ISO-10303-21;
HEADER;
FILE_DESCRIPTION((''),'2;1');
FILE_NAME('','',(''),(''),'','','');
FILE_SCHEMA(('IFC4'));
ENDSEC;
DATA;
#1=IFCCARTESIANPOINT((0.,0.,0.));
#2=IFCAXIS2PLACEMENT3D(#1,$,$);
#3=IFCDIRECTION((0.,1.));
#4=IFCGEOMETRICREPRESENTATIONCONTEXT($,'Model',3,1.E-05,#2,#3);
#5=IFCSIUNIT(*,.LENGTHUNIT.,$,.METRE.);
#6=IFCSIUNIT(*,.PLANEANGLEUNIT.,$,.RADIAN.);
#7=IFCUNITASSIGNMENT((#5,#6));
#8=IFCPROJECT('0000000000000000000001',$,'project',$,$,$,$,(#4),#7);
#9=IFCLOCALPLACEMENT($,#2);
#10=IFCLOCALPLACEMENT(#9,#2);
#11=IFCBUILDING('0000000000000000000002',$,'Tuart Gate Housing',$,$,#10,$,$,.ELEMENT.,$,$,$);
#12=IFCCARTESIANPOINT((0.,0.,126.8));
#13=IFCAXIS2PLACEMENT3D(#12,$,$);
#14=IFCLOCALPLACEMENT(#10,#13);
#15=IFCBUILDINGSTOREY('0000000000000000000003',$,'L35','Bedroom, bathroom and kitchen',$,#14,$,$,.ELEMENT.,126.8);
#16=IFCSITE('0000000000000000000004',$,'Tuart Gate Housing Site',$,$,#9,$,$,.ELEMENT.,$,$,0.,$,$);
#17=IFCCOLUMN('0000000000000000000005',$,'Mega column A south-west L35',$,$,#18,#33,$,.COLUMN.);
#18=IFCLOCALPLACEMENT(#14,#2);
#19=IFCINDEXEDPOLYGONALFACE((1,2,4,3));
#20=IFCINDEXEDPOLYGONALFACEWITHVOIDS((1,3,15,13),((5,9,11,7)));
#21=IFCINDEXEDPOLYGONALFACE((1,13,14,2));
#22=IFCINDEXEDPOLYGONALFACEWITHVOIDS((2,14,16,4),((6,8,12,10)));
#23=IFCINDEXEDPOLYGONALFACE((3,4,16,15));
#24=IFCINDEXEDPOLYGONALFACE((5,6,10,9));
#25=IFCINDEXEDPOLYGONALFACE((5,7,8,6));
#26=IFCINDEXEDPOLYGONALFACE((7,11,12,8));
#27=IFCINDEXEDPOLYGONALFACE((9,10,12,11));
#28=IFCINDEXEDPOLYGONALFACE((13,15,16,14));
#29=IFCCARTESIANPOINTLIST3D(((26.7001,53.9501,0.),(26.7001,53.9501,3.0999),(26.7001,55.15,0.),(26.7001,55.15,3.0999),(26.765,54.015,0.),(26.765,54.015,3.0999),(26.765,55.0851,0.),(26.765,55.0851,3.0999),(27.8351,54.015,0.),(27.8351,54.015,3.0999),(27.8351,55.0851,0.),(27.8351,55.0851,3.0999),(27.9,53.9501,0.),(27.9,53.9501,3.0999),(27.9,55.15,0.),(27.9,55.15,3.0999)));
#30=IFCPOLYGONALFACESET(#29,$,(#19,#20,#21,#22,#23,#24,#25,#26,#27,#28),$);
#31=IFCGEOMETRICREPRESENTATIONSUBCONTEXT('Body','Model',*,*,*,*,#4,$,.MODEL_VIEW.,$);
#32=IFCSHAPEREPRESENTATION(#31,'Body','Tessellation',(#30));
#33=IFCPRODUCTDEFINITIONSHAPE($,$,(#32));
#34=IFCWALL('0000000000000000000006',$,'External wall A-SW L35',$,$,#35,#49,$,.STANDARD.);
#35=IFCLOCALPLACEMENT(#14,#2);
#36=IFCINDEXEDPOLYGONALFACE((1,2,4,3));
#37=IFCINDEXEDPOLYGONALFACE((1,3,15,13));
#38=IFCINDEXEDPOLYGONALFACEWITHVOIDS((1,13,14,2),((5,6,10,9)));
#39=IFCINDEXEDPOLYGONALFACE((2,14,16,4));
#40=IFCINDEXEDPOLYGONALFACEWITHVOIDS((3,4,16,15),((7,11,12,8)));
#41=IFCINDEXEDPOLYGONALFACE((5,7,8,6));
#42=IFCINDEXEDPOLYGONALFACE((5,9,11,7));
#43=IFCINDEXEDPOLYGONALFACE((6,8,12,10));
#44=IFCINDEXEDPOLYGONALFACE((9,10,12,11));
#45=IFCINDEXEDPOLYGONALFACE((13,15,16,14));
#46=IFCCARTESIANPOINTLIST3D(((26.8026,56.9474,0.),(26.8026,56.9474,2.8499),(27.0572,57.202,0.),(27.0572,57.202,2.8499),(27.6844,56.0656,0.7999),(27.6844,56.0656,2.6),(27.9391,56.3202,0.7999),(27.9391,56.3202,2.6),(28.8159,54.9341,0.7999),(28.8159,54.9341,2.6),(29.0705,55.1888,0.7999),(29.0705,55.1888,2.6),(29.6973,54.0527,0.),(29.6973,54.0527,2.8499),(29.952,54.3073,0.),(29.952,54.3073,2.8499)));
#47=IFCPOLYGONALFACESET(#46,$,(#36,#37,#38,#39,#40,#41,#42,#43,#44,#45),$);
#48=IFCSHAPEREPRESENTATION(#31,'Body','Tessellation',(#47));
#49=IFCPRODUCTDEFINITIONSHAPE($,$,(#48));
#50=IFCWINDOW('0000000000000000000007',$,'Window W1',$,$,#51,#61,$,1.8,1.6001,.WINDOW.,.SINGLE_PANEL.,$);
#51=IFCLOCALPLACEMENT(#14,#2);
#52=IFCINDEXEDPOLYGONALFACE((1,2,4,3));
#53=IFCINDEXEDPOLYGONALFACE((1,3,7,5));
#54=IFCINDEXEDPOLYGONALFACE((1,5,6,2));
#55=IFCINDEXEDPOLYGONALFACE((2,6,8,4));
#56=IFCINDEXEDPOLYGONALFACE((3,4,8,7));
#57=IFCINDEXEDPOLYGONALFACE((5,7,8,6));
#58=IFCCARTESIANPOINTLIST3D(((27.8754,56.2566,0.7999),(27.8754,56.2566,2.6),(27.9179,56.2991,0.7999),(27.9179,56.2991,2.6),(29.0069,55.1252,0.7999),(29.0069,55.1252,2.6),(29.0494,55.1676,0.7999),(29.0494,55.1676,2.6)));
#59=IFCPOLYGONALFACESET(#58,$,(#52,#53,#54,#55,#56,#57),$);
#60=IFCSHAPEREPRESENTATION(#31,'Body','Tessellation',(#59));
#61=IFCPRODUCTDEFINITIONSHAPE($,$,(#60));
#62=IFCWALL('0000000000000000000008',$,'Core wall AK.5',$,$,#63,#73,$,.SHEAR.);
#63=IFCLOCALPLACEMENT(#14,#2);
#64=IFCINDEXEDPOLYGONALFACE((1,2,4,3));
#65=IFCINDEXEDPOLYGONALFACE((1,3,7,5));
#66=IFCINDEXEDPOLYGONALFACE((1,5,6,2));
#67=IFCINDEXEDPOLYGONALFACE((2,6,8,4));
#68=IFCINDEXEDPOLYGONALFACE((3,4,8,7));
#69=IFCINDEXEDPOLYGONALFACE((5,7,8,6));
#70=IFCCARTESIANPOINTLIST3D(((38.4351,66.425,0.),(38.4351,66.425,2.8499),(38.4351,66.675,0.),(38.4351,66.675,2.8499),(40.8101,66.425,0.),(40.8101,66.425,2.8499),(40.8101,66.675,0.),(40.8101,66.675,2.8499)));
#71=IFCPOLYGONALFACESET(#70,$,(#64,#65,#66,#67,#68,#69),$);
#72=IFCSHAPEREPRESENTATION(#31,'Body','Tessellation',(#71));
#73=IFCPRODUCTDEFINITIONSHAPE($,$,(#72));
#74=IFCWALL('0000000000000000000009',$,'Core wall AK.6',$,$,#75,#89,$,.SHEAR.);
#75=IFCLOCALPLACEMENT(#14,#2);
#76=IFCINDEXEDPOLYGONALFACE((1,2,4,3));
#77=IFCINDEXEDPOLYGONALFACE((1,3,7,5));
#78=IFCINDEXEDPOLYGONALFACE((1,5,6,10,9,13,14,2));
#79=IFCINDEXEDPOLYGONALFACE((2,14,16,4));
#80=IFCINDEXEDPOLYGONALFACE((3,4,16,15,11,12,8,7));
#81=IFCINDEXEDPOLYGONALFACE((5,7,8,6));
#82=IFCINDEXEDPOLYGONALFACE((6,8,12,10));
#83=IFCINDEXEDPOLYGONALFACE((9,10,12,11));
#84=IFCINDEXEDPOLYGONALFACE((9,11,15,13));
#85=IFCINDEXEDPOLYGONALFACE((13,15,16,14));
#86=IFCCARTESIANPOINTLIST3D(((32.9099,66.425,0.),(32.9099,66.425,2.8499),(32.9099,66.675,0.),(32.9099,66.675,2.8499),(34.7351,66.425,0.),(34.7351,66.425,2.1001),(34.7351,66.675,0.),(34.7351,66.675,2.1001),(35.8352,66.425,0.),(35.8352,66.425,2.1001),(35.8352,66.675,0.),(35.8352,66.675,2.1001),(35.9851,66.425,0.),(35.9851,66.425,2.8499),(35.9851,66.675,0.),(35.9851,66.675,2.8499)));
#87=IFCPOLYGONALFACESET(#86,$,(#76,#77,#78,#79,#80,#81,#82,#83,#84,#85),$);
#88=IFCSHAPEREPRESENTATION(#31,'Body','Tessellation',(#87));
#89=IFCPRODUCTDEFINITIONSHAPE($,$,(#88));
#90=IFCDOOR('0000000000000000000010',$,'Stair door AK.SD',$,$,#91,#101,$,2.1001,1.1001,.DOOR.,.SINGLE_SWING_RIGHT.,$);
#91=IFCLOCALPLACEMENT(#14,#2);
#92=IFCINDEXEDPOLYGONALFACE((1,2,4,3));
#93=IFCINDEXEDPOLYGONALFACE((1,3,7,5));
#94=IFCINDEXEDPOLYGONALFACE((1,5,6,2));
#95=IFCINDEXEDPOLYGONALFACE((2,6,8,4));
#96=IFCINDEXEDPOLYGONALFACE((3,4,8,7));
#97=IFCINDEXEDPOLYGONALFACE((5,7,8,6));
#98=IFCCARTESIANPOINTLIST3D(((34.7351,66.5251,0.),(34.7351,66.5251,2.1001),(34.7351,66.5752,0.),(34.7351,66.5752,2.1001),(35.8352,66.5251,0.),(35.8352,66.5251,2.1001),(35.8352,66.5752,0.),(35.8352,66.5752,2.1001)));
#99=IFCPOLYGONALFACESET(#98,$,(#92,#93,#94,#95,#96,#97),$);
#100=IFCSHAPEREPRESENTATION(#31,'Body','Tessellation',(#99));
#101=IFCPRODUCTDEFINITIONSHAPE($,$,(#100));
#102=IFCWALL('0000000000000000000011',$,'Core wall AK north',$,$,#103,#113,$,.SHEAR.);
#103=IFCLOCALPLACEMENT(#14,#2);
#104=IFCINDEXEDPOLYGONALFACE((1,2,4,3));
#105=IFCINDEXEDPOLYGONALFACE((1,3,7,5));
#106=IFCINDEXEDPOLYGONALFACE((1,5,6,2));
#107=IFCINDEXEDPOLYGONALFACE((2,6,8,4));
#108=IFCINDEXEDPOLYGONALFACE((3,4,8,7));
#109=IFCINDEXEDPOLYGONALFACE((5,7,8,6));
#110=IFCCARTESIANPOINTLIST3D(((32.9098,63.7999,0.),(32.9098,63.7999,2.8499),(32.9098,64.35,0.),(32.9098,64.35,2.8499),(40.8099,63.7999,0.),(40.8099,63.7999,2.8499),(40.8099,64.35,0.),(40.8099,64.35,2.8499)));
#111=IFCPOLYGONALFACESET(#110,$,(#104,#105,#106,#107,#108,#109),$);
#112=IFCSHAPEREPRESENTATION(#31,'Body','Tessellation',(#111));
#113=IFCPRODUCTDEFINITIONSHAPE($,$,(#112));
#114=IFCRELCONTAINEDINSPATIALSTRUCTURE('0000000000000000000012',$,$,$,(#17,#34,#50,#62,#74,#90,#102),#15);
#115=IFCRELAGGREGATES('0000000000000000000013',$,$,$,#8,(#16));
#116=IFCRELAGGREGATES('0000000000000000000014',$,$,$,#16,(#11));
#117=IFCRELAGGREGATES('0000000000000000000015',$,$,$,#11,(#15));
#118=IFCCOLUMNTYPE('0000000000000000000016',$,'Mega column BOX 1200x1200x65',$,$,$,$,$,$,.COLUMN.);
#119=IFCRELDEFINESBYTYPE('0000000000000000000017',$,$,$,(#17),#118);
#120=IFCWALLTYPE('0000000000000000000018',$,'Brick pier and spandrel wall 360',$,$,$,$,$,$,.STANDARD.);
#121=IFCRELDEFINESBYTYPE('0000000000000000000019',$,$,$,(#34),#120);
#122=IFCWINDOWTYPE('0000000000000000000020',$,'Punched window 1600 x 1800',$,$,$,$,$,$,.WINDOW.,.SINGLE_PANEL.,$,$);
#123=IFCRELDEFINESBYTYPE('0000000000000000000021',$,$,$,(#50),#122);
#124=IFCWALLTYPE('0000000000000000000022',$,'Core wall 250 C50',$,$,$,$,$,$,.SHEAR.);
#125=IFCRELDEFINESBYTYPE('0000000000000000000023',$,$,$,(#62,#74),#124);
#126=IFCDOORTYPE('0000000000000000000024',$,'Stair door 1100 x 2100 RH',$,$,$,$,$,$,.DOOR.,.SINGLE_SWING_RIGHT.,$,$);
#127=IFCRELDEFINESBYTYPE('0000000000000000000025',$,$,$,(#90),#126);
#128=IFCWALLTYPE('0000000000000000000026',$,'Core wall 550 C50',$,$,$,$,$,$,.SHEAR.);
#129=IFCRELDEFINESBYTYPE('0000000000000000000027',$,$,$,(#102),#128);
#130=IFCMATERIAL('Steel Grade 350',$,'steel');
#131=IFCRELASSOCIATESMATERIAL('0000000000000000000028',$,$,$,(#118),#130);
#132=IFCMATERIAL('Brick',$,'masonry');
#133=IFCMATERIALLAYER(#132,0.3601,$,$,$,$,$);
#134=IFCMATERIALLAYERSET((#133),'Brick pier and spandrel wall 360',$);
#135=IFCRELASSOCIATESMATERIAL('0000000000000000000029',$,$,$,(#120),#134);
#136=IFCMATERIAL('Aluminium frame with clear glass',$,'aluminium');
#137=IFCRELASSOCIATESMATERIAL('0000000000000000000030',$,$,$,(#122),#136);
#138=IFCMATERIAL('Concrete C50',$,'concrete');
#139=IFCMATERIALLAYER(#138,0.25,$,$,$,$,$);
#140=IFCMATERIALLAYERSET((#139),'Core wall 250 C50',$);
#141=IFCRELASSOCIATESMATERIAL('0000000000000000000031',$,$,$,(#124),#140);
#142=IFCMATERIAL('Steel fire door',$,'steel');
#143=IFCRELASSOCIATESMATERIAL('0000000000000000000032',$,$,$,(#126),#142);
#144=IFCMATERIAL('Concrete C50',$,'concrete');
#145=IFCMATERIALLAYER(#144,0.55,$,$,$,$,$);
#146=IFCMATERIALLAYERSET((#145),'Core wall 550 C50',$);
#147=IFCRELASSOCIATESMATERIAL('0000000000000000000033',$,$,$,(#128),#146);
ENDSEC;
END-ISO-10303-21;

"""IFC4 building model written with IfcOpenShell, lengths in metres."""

from ifc_helpers import new_model, si_unit, direction, frame, frame_2d, origin, origin_2d, place, context, subcontext, project, spatial, rectangle, hollow_rectangle, extrude, material, layer, layer_set, material_profile, profile_set, type_object, element, fill, save


model = new_model("IFC4")

# Units and contexts
model_context = context("Model", 3, precision=1e-05, world=origin(), true_north=direction((0.0, 1.0)))
body_context = subcontext(model_context, "Body", "Model", "MODEL_VIEW")
ifc_project = project(units=[si_unit("LENGTHUNIT", "METRE"), si_unit("PLANEANGLEUNIT", "RADIAN")], contexts=[model_context])

# Site, building, storey
site_placement = place(None, origin())
site = spatial("IfcSite", under=ifc_project, at=site_placement, Name="Tuart Gate Housing Site", CompositionType="ELEMENT", RefElevation=0.0)
building_placement = place(site_placement, origin())
building = spatial("IfcBuilding", under=site, at=building_placement, Name="Tuart Gate Housing", CompositionType="ELEMENT")
storey_placement = place(building_placement, frame((0.0, 0.0, 126.8)))
storey = spatial("IfcBuildingStorey", under=building, at=storey_placement, Name="L35", Description="Bedroom, bathroom and kitchen", CompositionType="ELEMENT", Elevation=126.8)

# Column
ifc_material_1 = material(Name="Steel Grade 350", Category="steel")
ifc_material_profile = material_profile(ifc_material_1, hollow_rectangle(XDim=1.2, YDim=1.2, WallThickness=0.0649, at=origin_2d()), Name="BOX 1200x1200x65")
ifc_profile_set = profile_set([ifc_material_profile], Name="Steel Grade 350")
column_type = type_object("IfcColumnType", Name="Mega column BOX 1200x1200x65", PredefinedType="COLUMN", material=ifc_profile_set)
column_placement = place(storey_placement, frame((27.3, 54.55, 0.0), z_axis=(0.0, 0.0, 1.0), x_axis=(1.0, 0.0, 0.0)))
element("IfcColumn", 1, at=column_placement, inside=storey, type_object=column_type, Name="Mega column A south-west L35", PredefinedType="COLUMN", context=body_context, shape_type="SweptSolid", body=[
    extrude(hollow_rectangle(XDim=1.2, YDim=1.2, WallThickness=0.0649, at=origin_2d()), origin(), (0.0, 0.0, 1.0), 3.0999),
])

# Wall, opening, window
ifc_material_2 = material(Name="Brick", Category="masonry")
ifc_layer_1 = layer(ifc_material_2, 0.3601)
ifc_layer_set_1 = layer_set([ifc_layer_1], Name="Brick pier and spandrel wall 360")
wall_type_1 = type_object("IfcWallType", Name="Brick pier and spandrel wall 360", PredefinedType="STANDARD", material=ifc_layer_set_1)
wall_1_placement = place(storey_placement, frame((26.9299, 57.0747, 0.0), z_axis=(0.0, 0.0, 1.0), x_axis=(0.707107, -0.707107, 0.0)))
wall_1 = element("IfcWall", 2, at=wall_1_placement, inside=storey, type_object=wall_type_1, Name="External wall A-SW L35", PredefinedType="STANDARD", context=body_context, shape_type="SweptSolid", body=[
    extrude(rectangle(XDim=4.0938, YDim=0.3601, at=frame_2d((2.0469, 0.0))), origin(), (0.0, 0.0, 1.0), 2.8499),
])
opening_1_placement = place(wall_1_placement, frame((1.2471, 0.0, 0.8)))
opening_1 = element("IfcOpeningElement", 3, at=opening_1_placement, cuts=wall_1, PredefinedType="OPENING", context=body_context, shape_type="SweptSolid", body=[
    extrude(rectangle(XDim=1.6001, YDim=1.8, at=frame_2d((0.8, 0.8999))), frame((0.0, 0.1899, 0.0), z_axis=(0.0, -1.0, 0.0), x_axis=(1.0, 0.0, 0.0)), (0.0, 0.0, 1.0), 0.3801),
])
ifc_material_3 = material(Name="Aluminium frame with clear glass", Category="aluminium")
window_type = type_object("IfcWindowType", Name="Punched window 1600 x 1800", PartitioningType="SINGLE_PANEL", PredefinedType="WINDOW", material=ifc_material_3)
window_placement = place(opening_1_placement, origin())
window = element("IfcWindow", 4, at=window_placement, inside=storey, type_object=window_type, Name="Window W1", OverallHeight=1.8, OverallWidth=1.6001, PartitioningType="SINGLE_PANEL", PredefinedType="WINDOW", context=body_context, shape_type="SweptSolid", body=[
    extrude(rectangle(XDim=1.6001, YDim=1.8, at=frame_2d((0.8, 0.8999))), frame((0.0, 0.1501, 0.0), z_axis=(0.0, -1.0, 0.0), x_axis=(1.0, 0.0, 0.0)), (0.0, 0.0, 1.0), 0.0601),
])
fill(opening_1, window)

# Wall
ifc_material_4 = material(Name="Concrete C50", Category="concrete")
ifc_layer_2 = layer(ifc_material_4, 0.25)
ifc_layer_set_2 = layer_set([ifc_layer_2], Name="Core wall 250 C50")
wall_type_2 = type_object("IfcWallType", Name="Core wall 250 C50", PredefinedType="SHEAR", material=ifc_layer_set_2)
wall_2_placement = place(storey_placement, frame((40.8101, 66.55, 0.0), z_axis=(0.0, 0.0, 1.0), x_axis=(-1.0, 0.0, 0.0)))
element("IfcWall", 5, at=wall_2_placement, inside=storey, type_object=wall_type_2, Name="Core wall AK.5", PredefinedType="SHEAR", context=body_context, shape_type="SweptSolid", body=[
    extrude(rectangle(XDim=2.375, YDim=0.25, at=frame_2d((1.1875, 0.0))), origin(), (0.0, 0.0, 1.0), 2.8499),
])

# Wall, opening, door
wall_3_placement = place(storey_placement, frame((35.9851, 66.55, 0.0), z_axis=(0.0, 0.0, 1.0), x_axis=(-1.0, 0.0, 0.0)))
wall_3 = element("IfcWall", 6, at=wall_3_placement, inside=storey, type_object=wall_type_2, Name="Core wall AK.6", PredefinedType="SHEAR", context=body_context, shape_type="SweptSolid", body=[
    extrude(rectangle(XDim=3.0752, YDim=0.25, at=frame_2d((1.5376, 0.0))), origin(), (0.0, 0.0, 1.0), 2.8499),
])
opening_2_placement = place(wall_3_placement, frame((0.1499, 0.0, 0.0)))
opening_2 = element("IfcOpeningElement", 7, at=opening_2_placement, cuts=wall_3, PredefinedType="OPENING", context=body_context, shape_type="SweptSolid", body=[
    extrude(rectangle(XDim=1.1001, YDim=2.1001, at=frame_2d((0.55, 1.05))), frame((0.0, 0.135, 0.0), z_axis=(0.0, -1.0, 0.0), x_axis=(1.0, 0.0, 0.0)), (0.0, 0.0, 1.0), 0.27),
])
ifc_material_5 = material(Name="Steel fire door", Category="steel")
door_type_1 = type_object("IfcDoorType", Name="Stair door 1100 x 2100 RH", OperationType="SINGLE_SWING_RIGHT", PredefinedType="DOOR", material=ifc_material_5)
door_1_placement = place(opening_2_placement, frame((1.1001, 0.0, 0.0), z_axis=(0.0, 0.0, 1.0), x_axis=(-1.0, 0.0, 0.0)))
door_1 = element("IfcDoor", 8, at=door_1_placement, inside=storey, type_object=door_type_1, Name="Stair door AK.SD", OperationType="SINGLE_SWING_RIGHT", OverallHeight=2.1001, OverallWidth=1.1001, PredefinedType="DOOR", context=body_context, shape_type="SweptSolid", body=[
    extrude(rectangle(XDim=1.1001, YDim=2.1001, at=frame_2d((0.55, 1.05))), frame((0.0, 0.0251, 0.0), z_axis=(0.0, -1.0, 0.0), x_axis=(1.0, 0.0, 0.0)), (0.0, 0.0, 1.0), 0.05),
])
fill(opening_2, door_1)

# Wall
ifc_material_6 = material(Name="Concrete C50", Category="concrete")
ifc_layer_3 = layer(ifc_material_6, 0.55)
ifc_layer_set_3 = layer_set([ifc_layer_3], Name="Core wall 550 C50")
wall_type_3 = type_object("IfcWallType", Name="Core wall 550 C50", PredefinedType="SHEAR", material=ifc_layer_set_3)
wall_4_placement = place(storey_placement, frame((40.8101, 64.075, 0.0), z_axis=(0.0, 0.0, 1.0), x_axis=(-1.0, 0.0, 0.0)))
element("IfcWall", 9, at=wall_4_placement, inside=storey, type_object=wall_type_3, Name="Core wall AK north", PredefinedType="SHEAR", context=body_context, shape_type="SweptSolid", body=[
    extrude(rectangle(XDim=7.9001, YDim=0.55, at=frame_2d((3.9502, 0.0))), origin(), (0.0, 0.0, 1.0), 2.8499),
])

save(model, "model.ifc")
